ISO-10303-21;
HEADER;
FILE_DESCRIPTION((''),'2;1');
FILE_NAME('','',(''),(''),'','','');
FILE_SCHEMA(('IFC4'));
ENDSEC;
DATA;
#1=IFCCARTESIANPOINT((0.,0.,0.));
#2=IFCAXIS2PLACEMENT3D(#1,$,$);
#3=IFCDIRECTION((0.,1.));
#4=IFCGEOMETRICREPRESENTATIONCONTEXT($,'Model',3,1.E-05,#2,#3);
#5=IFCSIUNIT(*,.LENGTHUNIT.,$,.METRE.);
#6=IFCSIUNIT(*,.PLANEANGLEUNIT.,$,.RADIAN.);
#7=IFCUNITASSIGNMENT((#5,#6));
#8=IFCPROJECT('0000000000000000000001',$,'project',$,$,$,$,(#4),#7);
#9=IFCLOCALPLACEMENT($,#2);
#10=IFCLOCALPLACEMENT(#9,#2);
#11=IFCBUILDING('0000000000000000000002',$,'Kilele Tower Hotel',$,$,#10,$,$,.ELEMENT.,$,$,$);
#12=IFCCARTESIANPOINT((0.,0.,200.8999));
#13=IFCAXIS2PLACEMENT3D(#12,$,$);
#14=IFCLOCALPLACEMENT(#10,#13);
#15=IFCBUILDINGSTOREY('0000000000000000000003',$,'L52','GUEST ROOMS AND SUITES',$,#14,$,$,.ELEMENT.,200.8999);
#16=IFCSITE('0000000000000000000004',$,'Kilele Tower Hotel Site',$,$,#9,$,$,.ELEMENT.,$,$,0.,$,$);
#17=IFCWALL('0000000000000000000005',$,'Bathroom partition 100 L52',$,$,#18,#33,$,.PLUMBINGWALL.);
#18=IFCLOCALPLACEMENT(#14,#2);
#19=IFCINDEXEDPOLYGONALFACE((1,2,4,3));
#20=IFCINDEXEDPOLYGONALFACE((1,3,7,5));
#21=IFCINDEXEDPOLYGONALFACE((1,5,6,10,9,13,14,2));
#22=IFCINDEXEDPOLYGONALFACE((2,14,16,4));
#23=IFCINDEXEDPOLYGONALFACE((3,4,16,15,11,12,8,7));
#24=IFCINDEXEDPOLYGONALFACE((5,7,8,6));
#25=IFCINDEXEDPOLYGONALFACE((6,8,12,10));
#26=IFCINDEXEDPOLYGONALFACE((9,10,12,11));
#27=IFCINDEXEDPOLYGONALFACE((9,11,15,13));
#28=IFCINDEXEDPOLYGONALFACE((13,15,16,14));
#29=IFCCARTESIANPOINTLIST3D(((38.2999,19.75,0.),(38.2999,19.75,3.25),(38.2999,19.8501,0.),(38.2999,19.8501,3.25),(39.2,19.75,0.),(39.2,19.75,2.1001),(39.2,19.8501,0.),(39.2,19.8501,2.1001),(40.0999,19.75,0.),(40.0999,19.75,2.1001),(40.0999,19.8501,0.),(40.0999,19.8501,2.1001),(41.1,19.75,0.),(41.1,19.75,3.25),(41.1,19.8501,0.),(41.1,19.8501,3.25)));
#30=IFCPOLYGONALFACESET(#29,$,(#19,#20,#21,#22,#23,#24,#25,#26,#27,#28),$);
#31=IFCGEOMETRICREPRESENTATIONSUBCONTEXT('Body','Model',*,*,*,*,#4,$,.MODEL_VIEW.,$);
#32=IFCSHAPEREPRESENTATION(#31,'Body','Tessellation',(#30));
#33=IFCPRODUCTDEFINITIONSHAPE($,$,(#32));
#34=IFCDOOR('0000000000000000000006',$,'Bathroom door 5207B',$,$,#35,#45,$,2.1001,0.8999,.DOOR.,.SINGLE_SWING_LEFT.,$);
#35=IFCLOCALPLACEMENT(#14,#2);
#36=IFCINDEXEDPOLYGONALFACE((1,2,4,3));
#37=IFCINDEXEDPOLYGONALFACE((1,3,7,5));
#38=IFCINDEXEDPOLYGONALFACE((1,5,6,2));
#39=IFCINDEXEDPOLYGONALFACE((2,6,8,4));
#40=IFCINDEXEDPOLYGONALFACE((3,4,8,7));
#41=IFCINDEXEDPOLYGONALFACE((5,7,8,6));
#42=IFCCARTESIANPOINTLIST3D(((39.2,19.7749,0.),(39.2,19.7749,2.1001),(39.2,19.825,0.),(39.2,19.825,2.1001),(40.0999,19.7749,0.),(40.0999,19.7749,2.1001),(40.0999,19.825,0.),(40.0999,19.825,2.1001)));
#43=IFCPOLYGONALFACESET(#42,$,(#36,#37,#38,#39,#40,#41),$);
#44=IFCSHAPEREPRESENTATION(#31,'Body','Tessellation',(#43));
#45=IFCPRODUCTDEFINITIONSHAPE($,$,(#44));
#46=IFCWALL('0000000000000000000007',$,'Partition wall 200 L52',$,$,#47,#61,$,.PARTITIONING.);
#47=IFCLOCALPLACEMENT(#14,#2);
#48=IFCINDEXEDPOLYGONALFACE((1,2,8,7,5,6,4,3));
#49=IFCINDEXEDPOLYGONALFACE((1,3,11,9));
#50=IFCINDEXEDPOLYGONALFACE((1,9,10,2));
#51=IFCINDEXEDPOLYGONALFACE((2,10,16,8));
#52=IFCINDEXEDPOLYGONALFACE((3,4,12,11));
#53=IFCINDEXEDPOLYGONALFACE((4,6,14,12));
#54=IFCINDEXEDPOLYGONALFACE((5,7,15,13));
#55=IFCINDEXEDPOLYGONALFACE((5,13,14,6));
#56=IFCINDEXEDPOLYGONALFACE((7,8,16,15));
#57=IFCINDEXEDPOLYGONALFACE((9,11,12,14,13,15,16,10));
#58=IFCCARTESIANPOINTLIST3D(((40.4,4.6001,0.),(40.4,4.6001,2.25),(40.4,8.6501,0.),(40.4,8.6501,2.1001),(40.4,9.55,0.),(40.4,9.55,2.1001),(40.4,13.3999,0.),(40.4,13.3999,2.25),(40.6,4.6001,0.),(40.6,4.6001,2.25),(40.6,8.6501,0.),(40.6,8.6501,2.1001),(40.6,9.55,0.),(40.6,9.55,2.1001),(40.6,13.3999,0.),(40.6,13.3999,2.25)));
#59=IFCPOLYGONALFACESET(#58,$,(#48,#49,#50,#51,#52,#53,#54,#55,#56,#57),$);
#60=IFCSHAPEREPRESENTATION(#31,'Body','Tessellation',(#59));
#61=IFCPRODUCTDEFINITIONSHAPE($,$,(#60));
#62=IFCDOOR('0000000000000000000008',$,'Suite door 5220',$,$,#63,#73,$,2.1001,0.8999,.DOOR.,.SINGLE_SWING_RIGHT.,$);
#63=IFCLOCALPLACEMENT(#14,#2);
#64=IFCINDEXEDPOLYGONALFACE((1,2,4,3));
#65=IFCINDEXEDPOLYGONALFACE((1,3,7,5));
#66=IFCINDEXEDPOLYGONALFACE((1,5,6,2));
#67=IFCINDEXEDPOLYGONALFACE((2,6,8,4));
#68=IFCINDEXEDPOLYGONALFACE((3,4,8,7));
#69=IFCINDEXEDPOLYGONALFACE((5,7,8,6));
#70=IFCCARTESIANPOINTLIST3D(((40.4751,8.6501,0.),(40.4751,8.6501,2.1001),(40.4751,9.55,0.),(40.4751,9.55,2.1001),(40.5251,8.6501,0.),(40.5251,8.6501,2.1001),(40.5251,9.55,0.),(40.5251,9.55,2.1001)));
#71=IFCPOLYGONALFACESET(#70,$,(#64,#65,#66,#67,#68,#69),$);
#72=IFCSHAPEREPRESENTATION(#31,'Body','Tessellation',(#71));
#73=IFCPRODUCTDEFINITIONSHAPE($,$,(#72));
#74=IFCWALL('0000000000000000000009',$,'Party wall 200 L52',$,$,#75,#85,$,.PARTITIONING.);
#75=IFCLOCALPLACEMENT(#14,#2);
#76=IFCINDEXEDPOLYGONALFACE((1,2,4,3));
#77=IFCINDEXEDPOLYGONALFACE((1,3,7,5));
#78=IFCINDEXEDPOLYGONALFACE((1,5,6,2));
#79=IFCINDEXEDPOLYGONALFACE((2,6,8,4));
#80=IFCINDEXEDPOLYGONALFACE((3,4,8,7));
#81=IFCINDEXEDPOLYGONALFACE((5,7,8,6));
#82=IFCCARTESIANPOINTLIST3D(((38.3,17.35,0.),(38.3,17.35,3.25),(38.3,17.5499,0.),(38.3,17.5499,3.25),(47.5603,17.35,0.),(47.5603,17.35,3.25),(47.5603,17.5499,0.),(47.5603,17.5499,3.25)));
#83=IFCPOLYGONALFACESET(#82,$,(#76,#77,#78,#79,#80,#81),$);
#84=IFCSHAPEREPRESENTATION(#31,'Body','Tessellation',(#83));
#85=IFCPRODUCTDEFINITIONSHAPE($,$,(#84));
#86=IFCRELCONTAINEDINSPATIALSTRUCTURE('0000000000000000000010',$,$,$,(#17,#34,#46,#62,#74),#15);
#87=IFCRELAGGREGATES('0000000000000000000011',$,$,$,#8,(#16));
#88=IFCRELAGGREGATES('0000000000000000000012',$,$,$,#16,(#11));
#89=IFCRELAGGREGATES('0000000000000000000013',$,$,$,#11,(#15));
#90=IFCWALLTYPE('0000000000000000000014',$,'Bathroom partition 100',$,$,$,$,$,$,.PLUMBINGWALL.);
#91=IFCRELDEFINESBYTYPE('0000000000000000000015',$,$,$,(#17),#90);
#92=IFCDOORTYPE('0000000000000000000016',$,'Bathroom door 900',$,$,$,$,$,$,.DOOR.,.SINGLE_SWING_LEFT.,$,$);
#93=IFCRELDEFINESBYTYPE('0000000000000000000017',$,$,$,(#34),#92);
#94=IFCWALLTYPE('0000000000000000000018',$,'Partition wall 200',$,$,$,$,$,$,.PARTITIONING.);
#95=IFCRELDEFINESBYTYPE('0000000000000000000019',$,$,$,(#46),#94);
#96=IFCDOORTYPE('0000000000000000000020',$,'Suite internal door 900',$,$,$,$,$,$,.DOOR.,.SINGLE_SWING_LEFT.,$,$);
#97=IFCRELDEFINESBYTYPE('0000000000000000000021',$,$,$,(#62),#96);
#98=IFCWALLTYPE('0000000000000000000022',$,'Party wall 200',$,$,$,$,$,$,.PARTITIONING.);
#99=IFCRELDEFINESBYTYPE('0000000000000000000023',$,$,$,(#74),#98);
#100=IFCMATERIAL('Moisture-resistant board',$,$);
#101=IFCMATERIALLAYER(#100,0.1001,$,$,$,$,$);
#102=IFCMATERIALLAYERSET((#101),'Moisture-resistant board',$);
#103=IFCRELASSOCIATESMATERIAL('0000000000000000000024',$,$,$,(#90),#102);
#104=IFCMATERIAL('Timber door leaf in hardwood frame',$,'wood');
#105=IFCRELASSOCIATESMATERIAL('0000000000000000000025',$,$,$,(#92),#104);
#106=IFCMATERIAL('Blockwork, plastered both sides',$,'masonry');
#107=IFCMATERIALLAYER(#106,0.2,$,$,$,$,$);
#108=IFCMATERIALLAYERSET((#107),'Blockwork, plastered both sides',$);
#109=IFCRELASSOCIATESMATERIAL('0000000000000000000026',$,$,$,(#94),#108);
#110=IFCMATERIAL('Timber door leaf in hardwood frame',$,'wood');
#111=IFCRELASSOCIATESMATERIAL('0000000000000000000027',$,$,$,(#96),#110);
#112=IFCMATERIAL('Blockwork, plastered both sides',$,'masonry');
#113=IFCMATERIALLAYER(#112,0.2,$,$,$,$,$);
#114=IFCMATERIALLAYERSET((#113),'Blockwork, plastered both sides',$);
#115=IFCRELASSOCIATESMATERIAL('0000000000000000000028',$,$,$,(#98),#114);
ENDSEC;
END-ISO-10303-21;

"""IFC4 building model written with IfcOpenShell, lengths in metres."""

from ifc_helpers import new_model, si_unit, direction, frame, frame_2d, origin, place, context, subcontext, project, spatial, rectangle, extrude, material, layer, layer_set, type_object, element, fill, save


model = new_model("IFC4")

# Units and contexts
model_context = context("Model", 3, precision=1e-05, world=origin(), true_north=direction((0.0, 1.0)))
body_context = subcontext(model_context, "Body", "Model", "MODEL_VIEW")
ifc_project = project(units=[si_unit("LENGTHUNIT", "METRE"), si_unit("PLANEANGLEUNIT", "RADIAN")], contexts=[model_context])

# Site, building, storey
site_placement = place(None, origin())
site = spatial("IfcSite", under=ifc_project, at=site_placement, Name="Kilele Tower Hotel Site", CompositionType="ELEMENT", RefElevation=0.0)
building_placement = place(site_placement, origin())
building = spatial("IfcBuilding", under=site, at=building_placement, Name="Kilele Tower Hotel", CompositionType="ELEMENT")
storey_placement = place(building_placement, frame((0.0, 0.0, 200.8999)))
storey = spatial("IfcBuildingStorey", under=building, at=storey_placement, Name="L52", Description="GUEST ROOMS AND SUITES", CompositionType="ELEMENT", Elevation=200.8999)

# Shared definitions
ifc_material_1 = material(Name="Moisture-resistant board")
ifc_layer_1 = layer(ifc_material_1, 0.1001)
ifc_layer_set_1 = layer_set([ifc_layer_1], Name="Moisture-resistant board")
wall_type_1 = type_object("IfcWallType", Name="Bathroom partition 100", PredefinedType="PLUMBINGWALL", material=ifc_layer_set_1)

# Shared definitions
ifc_material_2 = material(Name="Timber door leaf in hardwood frame", Category="wood")
door_type_1 = type_object("IfcDoorType", Name="Bathroom door 900", OperationType="SINGLE_SWING_LEFT", PredefinedType="DOOR", material=ifc_material_2)

# Walls, openings, doors
wall_1_placement = place(storey_placement, frame((38.3, 19.8, 0.0), z_axis=(0.0, 0.0, 1.0), x_axis=(1.0, 0.0, 0.0)))
wall_1 = element("IfcWall", 1, at=wall_1_placement, inside=storey, type_object=wall_type_1, Name="Bathroom partition 100 L52", PredefinedType="PLUMBINGWALL", context=body_context, shape_type="SweptSolid", body=[
    extrude(rectangle(XDim=2.8, YDim=0.1001, at=frame_2d((1.3999, 0.0))), origin(), (0.0, 0.0, 1.0), 3.25),
])
opening_1_placement = place(wall_1_placement, frame((0.8999, 0.0, 0.0)))
opening_1 = element("IfcOpeningElement", 2, at=opening_1_placement, cuts=wall_1, PredefinedType="OPENING", context=body_context, shape_type="SweptSolid", body=[
    extrude(rectangle(XDim=0.8999, YDim=2.1001, at=frame_2d((0.45, 1.05))), frame((0.0, 0.0601, 0.0), z_axis=(0.0, -1.0, 0.0), x_axis=(1.0, 0.0, 0.0)), (0.0, 0.0, 1.0), 0.1201),
])
door_1_placement = place(opening_1_placement, origin())
door_1 = element("IfcDoor", 3, at=door_1_placement, inside=storey, type_object=door_type_1, Name="Bathroom door 5207B", OperationType="SINGLE_SWING_LEFT", OverallHeight=2.1001, OverallWidth=0.8999, PredefinedType="DOOR", context=body_context, shape_type="SweptSolid", body=[
    extrude(rectangle(XDim=0.8999, YDim=2.1001, at=frame_2d((0.45, 1.05))), frame((0.0, 0.0249, 0.0), z_axis=(0.0, -1.0, 0.0), x_axis=(1.0, 0.0, 0.0)), (0.0, 0.0, 1.0), 0.05),
])
fill(opening_1, door_1)
ifc_material_3 = material(Name="Blockwork, plastered both sides", Category="masonry")
ifc_layer_2 = layer(ifc_material_3, 0.2)
ifc_layer_set_2 = layer_set([ifc_layer_2], Name="Blockwork, plastered both sides")
wall_type_2 = type_object("IfcWallType", Name="Partition wall 200", PredefinedType="PARTITIONING", material=ifc_layer_set_2)
wall_2_placement = place(storey_placement, frame((40.5, 4.6001, 0.0), z_axis=(0.0, 0.0, 1.0), x_axis=(0.0, 1.0, 0.0)))
wall_2 = element("IfcWall", 4, at=wall_2_placement, inside=storey, type_object=wall_type_2, Name="Partition wall 200 L52", PredefinedType="PARTITIONING", context=body_context, shape_type="SweptSolid", body=[
    extrude(rectangle(XDim=8.7998, YDim=0.2, at=frame_2d((4.3999, 0.0))), origin(), (0.0, 0.0, 1.0), 2.25),
])
opening_2_placement = place(wall_2_placement, frame((4.05, 0.0, 0.0)))
opening_2 = element("IfcOpeningElement", 5, at=opening_2_placement, cuts=wall_2, PredefinedType="OPENING", context=body_context, shape_type="SweptSolid", body=[
    extrude(rectangle(XDim=0.8999, YDim=2.1001, at=frame_2d((0.45, 1.05))), frame((0.0, 0.1099, 0.0), z_axis=(0.0, -1.0, 0.0), x_axis=(1.0, 0.0, 0.0)), (0.0, 0.0, 1.0), 0.22),
])
ifc_material_4 = material(Name="Timber door leaf in hardwood frame", Category="wood")
door_type_2 = type_object("IfcDoorType", Name="Suite internal door 900", OperationType="SINGLE_SWING_LEFT", PredefinedType="DOOR", material=ifc_material_4)
door_2_placement = place(opening_2_placement, origin())
door_2 = element("IfcDoor", 6, at=door_2_placement, inside=storey, type_object=door_type_2, Name="Suite door 5220", OperationType="SINGLE_SWING_RIGHT", OverallHeight=2.1001, OverallWidth=0.8999, PredefinedType="DOOR", context=body_context, shape_type="SweptSolid", body=[
    extrude(rectangle(XDim=0.8999, YDim=2.1001, at=frame_2d((0.45, 1.05))), frame((0.0, 0.0249, 0.0), z_axis=(0.0, -1.0, 0.0), x_axis=(1.0, 0.0, 0.0)), (0.0, 0.0, 1.0), 0.05),
])
fill(opening_2, door_2)

# Wall
ifc_material_5 = material(Name="Blockwork, plastered both sides", Category="masonry")
ifc_layer_3 = layer(ifc_material_5, 0.2)
ifc_layer_set_3 = layer_set([ifc_layer_3], Name="Blockwork, plastered both sides")
wall_type_3 = type_object("IfcWallType", Name="Party wall 200", PredefinedType="PARTITIONING", material=ifc_layer_set_3)
wall_3_placement = place(storey_placement, frame((38.3, 17.45, 0.0), z_axis=(0.0, 0.0, 1.0), x_axis=(1.0, 0.0, 0.0)))
element("IfcWall", 7, at=wall_3_placement, inside=storey, type_object=wall_type_3, Name="Party wall 200 L52", PredefinedType="PARTITIONING", context=body_context, shape_type="SweptSolid", body=[
    extrude(rectangle(XDim=9.2603, YDim=0.2, at=frame_2d((4.6301, 0.0))), origin(), (0.0, 0.0, 1.0), 3.25),
])

save(model, "model.ifc")
